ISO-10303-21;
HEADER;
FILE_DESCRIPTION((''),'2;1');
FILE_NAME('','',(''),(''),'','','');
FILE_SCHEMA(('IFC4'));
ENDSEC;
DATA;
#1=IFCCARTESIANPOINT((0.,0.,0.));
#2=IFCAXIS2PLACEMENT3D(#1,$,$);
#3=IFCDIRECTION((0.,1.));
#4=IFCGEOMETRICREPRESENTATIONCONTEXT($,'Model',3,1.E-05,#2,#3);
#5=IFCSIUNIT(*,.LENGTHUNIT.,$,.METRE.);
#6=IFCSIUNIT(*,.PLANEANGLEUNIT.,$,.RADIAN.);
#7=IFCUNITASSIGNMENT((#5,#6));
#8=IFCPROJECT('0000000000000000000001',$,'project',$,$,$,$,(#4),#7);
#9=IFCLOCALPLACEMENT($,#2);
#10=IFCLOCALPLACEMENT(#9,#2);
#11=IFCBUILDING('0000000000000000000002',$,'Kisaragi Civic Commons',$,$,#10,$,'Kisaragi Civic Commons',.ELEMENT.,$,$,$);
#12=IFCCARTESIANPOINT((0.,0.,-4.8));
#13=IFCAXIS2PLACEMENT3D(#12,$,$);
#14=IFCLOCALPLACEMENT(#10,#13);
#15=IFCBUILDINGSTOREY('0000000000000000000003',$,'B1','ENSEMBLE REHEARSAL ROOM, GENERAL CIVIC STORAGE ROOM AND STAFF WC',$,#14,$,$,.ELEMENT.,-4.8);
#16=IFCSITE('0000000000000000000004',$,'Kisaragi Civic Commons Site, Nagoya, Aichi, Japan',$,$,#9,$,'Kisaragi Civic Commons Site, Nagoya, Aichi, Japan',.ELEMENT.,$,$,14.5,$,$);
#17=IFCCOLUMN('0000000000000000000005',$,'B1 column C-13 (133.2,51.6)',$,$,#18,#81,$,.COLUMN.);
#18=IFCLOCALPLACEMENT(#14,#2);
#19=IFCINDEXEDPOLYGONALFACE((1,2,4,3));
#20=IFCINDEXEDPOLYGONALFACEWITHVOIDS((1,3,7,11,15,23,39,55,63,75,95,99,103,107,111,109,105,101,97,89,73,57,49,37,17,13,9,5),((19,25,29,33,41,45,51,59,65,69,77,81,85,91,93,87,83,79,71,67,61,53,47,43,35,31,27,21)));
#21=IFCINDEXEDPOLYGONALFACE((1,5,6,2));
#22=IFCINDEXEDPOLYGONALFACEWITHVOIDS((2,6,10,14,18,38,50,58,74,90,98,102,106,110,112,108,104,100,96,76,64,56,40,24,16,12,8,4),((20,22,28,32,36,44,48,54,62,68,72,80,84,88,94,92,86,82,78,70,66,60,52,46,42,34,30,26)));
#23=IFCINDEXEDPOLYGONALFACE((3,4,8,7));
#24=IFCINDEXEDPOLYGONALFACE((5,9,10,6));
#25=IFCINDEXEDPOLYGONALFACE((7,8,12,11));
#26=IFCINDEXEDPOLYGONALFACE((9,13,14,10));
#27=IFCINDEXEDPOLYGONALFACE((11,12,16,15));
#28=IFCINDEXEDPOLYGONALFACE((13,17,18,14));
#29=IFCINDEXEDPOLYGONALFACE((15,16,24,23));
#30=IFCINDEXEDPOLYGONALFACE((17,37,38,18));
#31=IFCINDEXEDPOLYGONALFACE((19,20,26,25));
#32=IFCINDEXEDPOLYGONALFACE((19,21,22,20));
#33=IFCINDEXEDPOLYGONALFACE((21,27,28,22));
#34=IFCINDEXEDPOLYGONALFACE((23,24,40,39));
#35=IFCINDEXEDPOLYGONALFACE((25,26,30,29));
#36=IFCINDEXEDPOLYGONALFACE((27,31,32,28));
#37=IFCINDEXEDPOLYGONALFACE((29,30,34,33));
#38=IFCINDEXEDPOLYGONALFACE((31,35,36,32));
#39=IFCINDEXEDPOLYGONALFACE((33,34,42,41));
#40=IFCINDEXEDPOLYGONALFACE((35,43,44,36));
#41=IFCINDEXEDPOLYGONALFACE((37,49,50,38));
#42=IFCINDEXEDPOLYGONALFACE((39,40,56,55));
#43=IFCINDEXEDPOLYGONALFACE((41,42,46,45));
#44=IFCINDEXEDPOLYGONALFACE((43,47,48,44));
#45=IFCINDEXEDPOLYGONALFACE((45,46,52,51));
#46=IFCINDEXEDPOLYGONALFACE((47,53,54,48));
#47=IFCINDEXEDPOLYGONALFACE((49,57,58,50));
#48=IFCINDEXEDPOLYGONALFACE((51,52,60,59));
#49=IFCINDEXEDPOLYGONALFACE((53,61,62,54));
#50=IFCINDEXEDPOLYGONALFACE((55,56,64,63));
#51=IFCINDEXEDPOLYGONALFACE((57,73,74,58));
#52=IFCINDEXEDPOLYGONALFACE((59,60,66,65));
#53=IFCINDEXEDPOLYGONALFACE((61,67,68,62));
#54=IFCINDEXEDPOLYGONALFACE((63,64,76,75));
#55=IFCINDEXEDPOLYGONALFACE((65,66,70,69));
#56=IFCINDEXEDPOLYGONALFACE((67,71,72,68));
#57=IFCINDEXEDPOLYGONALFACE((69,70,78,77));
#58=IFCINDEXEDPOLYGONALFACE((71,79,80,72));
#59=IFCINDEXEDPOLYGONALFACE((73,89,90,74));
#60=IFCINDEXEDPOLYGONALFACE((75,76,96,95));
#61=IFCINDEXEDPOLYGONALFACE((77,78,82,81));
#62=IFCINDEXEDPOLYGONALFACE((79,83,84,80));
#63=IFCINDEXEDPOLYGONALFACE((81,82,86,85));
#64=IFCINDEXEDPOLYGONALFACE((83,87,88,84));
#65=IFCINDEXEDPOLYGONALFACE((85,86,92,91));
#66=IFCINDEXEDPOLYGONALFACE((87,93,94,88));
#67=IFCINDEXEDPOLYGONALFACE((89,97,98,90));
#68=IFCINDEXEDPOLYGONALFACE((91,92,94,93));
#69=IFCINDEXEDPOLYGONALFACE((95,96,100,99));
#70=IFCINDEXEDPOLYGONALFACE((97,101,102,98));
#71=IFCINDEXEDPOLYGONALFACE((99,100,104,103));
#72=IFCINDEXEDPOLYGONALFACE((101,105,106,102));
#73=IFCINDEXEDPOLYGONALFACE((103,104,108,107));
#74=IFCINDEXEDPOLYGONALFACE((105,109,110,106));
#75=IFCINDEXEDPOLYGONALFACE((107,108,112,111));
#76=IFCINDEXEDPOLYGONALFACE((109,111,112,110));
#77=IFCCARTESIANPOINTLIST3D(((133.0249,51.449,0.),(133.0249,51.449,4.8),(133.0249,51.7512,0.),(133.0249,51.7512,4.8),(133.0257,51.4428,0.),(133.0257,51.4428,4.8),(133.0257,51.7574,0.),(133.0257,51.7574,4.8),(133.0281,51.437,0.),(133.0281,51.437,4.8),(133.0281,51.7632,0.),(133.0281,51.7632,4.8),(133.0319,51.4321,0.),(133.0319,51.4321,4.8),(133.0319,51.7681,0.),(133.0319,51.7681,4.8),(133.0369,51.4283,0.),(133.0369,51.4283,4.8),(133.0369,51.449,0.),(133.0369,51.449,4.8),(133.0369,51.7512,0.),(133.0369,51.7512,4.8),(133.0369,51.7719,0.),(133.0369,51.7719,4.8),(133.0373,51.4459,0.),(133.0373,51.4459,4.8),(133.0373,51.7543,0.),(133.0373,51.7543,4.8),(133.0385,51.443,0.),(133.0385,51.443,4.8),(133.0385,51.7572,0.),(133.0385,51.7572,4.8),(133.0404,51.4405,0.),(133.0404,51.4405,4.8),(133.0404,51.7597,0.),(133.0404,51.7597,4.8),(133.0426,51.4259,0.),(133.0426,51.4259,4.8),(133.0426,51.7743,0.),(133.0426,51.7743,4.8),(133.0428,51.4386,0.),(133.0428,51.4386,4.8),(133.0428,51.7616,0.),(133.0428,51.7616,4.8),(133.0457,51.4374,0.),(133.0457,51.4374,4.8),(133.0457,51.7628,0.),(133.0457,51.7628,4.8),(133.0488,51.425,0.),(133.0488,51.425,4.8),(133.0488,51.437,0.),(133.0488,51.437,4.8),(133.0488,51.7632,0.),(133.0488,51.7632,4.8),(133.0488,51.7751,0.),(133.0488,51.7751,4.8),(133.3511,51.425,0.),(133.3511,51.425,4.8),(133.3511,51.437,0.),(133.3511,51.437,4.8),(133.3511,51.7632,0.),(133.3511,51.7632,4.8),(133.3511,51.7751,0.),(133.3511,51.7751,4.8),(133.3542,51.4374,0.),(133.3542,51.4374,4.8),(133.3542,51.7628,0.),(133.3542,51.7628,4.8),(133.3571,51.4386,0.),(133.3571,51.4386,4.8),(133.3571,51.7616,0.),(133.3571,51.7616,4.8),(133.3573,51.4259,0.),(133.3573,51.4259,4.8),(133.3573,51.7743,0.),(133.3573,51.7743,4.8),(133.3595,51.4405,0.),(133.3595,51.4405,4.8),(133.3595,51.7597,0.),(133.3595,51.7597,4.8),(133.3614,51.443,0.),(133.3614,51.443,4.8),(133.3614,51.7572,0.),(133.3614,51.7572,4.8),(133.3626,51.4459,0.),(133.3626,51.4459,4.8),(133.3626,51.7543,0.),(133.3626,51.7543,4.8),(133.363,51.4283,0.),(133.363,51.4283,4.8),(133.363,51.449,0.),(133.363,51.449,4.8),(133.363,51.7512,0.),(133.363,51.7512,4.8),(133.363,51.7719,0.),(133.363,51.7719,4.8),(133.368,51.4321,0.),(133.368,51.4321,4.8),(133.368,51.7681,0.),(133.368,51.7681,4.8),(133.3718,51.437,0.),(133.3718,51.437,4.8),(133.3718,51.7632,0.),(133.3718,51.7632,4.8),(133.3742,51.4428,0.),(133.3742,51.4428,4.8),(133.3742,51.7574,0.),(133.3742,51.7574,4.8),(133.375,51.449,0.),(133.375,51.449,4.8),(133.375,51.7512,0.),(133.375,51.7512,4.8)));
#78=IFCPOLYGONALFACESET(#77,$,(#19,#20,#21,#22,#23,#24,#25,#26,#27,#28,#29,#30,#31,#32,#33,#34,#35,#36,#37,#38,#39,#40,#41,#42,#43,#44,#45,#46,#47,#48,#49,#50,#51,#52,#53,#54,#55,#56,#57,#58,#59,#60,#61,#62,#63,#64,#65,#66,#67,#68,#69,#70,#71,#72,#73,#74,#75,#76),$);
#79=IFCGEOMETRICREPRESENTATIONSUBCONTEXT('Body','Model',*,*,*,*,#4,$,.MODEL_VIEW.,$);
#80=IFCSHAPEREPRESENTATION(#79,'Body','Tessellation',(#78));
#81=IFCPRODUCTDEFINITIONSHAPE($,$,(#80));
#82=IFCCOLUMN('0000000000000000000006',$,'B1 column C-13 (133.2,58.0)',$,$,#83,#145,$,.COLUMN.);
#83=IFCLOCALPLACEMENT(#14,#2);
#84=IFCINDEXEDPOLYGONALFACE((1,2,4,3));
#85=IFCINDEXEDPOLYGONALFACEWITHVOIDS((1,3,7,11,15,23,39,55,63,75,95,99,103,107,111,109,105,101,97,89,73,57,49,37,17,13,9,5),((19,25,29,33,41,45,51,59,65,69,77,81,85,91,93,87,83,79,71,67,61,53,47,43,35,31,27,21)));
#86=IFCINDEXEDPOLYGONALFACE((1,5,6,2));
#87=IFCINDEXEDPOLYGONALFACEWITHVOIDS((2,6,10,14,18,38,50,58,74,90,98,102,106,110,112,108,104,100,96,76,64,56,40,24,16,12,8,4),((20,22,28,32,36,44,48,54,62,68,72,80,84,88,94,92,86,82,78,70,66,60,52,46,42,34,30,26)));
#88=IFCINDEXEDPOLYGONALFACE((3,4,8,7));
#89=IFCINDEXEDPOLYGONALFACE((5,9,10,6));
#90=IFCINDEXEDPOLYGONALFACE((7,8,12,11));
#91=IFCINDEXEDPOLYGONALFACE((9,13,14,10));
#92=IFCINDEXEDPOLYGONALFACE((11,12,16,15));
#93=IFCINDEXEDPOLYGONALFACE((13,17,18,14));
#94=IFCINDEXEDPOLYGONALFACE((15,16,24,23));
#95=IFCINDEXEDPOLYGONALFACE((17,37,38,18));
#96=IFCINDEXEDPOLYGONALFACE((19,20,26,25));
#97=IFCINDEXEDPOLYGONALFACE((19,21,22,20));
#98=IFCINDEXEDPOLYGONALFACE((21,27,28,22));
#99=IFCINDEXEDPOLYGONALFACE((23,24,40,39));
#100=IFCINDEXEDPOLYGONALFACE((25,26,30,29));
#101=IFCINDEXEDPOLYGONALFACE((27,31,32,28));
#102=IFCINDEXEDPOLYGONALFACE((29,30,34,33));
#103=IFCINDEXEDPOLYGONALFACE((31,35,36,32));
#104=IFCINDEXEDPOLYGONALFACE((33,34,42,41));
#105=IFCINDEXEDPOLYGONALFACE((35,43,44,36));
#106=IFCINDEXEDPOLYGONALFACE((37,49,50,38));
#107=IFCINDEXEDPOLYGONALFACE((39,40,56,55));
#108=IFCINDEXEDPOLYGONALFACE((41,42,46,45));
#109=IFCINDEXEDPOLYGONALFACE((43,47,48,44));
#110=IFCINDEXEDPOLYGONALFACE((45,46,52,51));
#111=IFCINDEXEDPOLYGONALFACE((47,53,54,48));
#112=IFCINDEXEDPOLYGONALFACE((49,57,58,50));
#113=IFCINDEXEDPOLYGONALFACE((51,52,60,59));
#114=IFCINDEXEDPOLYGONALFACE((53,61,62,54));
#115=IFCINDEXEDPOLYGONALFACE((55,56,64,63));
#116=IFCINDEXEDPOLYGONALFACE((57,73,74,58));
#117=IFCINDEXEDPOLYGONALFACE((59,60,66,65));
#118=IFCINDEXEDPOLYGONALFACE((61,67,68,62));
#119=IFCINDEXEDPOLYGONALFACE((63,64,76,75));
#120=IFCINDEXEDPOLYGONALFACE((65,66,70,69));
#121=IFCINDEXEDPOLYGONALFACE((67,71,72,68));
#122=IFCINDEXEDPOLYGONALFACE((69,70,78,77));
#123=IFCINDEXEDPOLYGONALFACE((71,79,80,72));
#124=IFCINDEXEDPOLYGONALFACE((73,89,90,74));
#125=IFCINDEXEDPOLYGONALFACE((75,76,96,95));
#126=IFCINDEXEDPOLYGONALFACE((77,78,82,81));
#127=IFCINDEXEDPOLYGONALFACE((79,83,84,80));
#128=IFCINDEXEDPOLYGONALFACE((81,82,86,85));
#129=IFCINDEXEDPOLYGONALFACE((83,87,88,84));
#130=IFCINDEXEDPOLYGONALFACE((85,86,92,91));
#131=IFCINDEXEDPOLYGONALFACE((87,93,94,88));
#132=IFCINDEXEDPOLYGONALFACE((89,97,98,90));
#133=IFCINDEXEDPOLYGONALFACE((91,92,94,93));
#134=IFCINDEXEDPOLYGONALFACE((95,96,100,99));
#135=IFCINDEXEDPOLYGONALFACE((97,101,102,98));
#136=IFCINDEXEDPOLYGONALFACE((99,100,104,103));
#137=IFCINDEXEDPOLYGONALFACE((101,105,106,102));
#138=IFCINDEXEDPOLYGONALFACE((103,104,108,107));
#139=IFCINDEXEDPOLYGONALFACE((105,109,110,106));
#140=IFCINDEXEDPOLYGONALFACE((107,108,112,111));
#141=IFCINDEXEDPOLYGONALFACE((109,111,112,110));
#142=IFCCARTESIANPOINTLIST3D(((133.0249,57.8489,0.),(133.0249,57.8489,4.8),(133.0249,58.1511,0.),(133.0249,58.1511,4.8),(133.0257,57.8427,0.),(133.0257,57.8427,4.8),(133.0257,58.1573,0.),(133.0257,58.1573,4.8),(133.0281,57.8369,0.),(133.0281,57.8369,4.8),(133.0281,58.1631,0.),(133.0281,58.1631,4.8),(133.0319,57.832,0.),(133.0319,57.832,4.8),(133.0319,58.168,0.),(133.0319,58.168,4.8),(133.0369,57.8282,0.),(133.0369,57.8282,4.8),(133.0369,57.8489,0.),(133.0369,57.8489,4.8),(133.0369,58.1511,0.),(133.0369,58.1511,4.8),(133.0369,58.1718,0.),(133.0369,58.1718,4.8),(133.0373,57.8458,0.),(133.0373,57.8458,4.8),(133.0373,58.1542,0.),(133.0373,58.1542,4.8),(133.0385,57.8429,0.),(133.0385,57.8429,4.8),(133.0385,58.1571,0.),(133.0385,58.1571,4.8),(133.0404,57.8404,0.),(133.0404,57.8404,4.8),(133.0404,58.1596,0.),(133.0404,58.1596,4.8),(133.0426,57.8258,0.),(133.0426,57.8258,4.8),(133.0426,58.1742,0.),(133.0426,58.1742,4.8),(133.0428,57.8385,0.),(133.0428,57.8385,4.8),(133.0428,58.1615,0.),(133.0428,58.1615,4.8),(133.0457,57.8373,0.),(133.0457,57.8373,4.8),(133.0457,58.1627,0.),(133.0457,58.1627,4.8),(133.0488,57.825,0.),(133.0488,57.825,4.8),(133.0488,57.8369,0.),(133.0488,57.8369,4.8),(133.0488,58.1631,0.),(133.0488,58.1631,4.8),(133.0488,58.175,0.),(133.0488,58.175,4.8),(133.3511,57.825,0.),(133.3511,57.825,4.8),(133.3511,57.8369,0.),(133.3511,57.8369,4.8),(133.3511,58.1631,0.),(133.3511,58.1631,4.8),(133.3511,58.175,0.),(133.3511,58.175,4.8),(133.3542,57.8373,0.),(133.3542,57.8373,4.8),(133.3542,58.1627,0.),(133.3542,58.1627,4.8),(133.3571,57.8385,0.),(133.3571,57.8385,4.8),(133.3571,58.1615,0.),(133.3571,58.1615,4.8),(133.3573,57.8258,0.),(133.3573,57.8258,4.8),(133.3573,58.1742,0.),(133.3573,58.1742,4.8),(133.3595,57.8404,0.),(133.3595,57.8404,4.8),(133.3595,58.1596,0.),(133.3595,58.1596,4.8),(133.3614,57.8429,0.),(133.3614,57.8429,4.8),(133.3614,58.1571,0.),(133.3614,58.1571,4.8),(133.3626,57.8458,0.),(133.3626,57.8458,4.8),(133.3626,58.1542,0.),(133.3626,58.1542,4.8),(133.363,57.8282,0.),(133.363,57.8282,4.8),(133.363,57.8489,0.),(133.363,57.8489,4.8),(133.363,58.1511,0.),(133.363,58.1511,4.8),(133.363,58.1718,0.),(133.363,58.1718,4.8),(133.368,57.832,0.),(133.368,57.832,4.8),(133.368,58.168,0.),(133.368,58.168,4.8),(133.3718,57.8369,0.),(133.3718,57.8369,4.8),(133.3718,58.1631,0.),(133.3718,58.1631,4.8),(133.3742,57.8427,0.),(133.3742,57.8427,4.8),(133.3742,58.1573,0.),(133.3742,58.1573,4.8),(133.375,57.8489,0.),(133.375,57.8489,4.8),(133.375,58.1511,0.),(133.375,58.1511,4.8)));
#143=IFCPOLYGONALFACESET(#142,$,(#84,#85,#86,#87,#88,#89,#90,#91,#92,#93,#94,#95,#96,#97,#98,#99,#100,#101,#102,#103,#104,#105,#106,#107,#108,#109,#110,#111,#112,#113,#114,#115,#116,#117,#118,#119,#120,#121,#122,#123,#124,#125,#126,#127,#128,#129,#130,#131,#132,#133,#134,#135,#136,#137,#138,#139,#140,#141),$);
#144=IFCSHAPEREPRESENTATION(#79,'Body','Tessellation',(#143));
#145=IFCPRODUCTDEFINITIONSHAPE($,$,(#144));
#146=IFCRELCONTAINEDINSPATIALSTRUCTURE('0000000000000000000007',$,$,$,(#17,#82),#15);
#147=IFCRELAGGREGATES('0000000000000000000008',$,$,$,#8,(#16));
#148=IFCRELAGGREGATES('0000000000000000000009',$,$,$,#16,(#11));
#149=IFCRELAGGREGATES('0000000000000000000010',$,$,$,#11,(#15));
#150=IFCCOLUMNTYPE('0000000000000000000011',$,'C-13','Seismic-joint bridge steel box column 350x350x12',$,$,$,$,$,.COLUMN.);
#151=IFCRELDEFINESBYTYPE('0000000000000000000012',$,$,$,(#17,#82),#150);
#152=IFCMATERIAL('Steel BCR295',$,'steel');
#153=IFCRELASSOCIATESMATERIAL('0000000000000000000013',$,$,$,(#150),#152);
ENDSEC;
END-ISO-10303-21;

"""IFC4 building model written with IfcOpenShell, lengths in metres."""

from ifc_helpers import new_model, si_unit, direction, frame, origin, origin_2d, place, context, subcontext, project, spatial, hollow_rectangle, extrude, material, material_profile, profile_set, type_object, element, save


model = new_model("IFC4")

# Units and contexts
model_context = context("Model", 3, precision=1e-05, world=origin(), true_north=direction((0.0, 1.0)))
body_context = subcontext(model_context, "Body", "Model", "MODEL_VIEW")
ifc_project = project(units=[si_unit("LENGTHUNIT", "METRE"), si_unit("PLANEANGLEUNIT", "RADIAN")], contexts=[model_context])

# Site, building, storey
site_placement = place(None, origin())
site = spatial("IfcSite", under=ifc_project, at=site_placement, Name="Kisaragi Civic Commons Site, Nagoya, Aichi, Japan", LongName="Kisaragi Civic Commons Site, Nagoya, Aichi, Japan", CompositionType="ELEMENT", RefElevation=14.5)
building_placement = place(site_placement, origin())
building = spatial("IfcBuilding", under=site, at=building_placement, Name="Kisaragi Civic Commons", LongName="Kisaragi Civic Commons", CompositionType="ELEMENT")
storey_placement = place(building_placement, frame((0.0, 0.0, -4.8)))
storey = spatial("IfcBuildingStorey", under=building, at=storey_placement, Name="B1", Description="ENSEMBLE REHEARSAL ROOM, GENERAL CIVIC STORAGE ROOM AND STAFF WC", CompositionType="ELEMENT", Elevation=-4.8)

# Columns
ifc_material_1 = material(Name="Steel BCR295", Category="steel")
ifc_material_profile_1 = material_profile(ifc_material_1, hollow_rectangle(XDim=0.3501, YDim=0.3501, WallThickness=0.012, InnerFilletRadius=0.012, OuterFilletRadius=0.0239, at=origin_2d()), Name="BCR-350x350x12", Category="steel")
ifc_profile_set_1 = profile_set([ifc_material_profile_1], Name="Steel BCR295")
column_type_1 = type_object("IfcColumnType", Name="C-13", Description="Seismic-joint bridge steel box column 350x350x12", PredefinedType="COLUMN", material=ifc_profile_set_1)
for number, where, z_axis, x_axis, name in (
    (1, (133.2, 51.6001, 0.0), (0.0, 0.0, 1.0), (1.0, 0.0, 0.0), "B1 column C-13 (133.2,51.6)"),
    (2, (133.2, 58.0, 0.0), (0.0, 0.0, 1.0), (1.0, 0.0, 0.0), "B1 column C-13 (133.2,58.0)"),
):
    element("IfcColumn", number, at=place(storey_placement, frame(where, z_axis=z_axis, x_axis=x_axis)), inside=storey, type_object=column_type_1, Name=name, PredefinedType="COLUMN", context=body_context, shape_type="SweptSolid", body=[
        extrude(hollow_rectangle(XDim=0.3501, YDim=0.3501, WallThickness=0.012, InnerFilletRadius=0.012, OuterFilletRadius=0.0239, at=origin_2d()), origin(), (0.0, 0.0, 1.0), 4.8),
    ])

save(model, "model.ifc")
